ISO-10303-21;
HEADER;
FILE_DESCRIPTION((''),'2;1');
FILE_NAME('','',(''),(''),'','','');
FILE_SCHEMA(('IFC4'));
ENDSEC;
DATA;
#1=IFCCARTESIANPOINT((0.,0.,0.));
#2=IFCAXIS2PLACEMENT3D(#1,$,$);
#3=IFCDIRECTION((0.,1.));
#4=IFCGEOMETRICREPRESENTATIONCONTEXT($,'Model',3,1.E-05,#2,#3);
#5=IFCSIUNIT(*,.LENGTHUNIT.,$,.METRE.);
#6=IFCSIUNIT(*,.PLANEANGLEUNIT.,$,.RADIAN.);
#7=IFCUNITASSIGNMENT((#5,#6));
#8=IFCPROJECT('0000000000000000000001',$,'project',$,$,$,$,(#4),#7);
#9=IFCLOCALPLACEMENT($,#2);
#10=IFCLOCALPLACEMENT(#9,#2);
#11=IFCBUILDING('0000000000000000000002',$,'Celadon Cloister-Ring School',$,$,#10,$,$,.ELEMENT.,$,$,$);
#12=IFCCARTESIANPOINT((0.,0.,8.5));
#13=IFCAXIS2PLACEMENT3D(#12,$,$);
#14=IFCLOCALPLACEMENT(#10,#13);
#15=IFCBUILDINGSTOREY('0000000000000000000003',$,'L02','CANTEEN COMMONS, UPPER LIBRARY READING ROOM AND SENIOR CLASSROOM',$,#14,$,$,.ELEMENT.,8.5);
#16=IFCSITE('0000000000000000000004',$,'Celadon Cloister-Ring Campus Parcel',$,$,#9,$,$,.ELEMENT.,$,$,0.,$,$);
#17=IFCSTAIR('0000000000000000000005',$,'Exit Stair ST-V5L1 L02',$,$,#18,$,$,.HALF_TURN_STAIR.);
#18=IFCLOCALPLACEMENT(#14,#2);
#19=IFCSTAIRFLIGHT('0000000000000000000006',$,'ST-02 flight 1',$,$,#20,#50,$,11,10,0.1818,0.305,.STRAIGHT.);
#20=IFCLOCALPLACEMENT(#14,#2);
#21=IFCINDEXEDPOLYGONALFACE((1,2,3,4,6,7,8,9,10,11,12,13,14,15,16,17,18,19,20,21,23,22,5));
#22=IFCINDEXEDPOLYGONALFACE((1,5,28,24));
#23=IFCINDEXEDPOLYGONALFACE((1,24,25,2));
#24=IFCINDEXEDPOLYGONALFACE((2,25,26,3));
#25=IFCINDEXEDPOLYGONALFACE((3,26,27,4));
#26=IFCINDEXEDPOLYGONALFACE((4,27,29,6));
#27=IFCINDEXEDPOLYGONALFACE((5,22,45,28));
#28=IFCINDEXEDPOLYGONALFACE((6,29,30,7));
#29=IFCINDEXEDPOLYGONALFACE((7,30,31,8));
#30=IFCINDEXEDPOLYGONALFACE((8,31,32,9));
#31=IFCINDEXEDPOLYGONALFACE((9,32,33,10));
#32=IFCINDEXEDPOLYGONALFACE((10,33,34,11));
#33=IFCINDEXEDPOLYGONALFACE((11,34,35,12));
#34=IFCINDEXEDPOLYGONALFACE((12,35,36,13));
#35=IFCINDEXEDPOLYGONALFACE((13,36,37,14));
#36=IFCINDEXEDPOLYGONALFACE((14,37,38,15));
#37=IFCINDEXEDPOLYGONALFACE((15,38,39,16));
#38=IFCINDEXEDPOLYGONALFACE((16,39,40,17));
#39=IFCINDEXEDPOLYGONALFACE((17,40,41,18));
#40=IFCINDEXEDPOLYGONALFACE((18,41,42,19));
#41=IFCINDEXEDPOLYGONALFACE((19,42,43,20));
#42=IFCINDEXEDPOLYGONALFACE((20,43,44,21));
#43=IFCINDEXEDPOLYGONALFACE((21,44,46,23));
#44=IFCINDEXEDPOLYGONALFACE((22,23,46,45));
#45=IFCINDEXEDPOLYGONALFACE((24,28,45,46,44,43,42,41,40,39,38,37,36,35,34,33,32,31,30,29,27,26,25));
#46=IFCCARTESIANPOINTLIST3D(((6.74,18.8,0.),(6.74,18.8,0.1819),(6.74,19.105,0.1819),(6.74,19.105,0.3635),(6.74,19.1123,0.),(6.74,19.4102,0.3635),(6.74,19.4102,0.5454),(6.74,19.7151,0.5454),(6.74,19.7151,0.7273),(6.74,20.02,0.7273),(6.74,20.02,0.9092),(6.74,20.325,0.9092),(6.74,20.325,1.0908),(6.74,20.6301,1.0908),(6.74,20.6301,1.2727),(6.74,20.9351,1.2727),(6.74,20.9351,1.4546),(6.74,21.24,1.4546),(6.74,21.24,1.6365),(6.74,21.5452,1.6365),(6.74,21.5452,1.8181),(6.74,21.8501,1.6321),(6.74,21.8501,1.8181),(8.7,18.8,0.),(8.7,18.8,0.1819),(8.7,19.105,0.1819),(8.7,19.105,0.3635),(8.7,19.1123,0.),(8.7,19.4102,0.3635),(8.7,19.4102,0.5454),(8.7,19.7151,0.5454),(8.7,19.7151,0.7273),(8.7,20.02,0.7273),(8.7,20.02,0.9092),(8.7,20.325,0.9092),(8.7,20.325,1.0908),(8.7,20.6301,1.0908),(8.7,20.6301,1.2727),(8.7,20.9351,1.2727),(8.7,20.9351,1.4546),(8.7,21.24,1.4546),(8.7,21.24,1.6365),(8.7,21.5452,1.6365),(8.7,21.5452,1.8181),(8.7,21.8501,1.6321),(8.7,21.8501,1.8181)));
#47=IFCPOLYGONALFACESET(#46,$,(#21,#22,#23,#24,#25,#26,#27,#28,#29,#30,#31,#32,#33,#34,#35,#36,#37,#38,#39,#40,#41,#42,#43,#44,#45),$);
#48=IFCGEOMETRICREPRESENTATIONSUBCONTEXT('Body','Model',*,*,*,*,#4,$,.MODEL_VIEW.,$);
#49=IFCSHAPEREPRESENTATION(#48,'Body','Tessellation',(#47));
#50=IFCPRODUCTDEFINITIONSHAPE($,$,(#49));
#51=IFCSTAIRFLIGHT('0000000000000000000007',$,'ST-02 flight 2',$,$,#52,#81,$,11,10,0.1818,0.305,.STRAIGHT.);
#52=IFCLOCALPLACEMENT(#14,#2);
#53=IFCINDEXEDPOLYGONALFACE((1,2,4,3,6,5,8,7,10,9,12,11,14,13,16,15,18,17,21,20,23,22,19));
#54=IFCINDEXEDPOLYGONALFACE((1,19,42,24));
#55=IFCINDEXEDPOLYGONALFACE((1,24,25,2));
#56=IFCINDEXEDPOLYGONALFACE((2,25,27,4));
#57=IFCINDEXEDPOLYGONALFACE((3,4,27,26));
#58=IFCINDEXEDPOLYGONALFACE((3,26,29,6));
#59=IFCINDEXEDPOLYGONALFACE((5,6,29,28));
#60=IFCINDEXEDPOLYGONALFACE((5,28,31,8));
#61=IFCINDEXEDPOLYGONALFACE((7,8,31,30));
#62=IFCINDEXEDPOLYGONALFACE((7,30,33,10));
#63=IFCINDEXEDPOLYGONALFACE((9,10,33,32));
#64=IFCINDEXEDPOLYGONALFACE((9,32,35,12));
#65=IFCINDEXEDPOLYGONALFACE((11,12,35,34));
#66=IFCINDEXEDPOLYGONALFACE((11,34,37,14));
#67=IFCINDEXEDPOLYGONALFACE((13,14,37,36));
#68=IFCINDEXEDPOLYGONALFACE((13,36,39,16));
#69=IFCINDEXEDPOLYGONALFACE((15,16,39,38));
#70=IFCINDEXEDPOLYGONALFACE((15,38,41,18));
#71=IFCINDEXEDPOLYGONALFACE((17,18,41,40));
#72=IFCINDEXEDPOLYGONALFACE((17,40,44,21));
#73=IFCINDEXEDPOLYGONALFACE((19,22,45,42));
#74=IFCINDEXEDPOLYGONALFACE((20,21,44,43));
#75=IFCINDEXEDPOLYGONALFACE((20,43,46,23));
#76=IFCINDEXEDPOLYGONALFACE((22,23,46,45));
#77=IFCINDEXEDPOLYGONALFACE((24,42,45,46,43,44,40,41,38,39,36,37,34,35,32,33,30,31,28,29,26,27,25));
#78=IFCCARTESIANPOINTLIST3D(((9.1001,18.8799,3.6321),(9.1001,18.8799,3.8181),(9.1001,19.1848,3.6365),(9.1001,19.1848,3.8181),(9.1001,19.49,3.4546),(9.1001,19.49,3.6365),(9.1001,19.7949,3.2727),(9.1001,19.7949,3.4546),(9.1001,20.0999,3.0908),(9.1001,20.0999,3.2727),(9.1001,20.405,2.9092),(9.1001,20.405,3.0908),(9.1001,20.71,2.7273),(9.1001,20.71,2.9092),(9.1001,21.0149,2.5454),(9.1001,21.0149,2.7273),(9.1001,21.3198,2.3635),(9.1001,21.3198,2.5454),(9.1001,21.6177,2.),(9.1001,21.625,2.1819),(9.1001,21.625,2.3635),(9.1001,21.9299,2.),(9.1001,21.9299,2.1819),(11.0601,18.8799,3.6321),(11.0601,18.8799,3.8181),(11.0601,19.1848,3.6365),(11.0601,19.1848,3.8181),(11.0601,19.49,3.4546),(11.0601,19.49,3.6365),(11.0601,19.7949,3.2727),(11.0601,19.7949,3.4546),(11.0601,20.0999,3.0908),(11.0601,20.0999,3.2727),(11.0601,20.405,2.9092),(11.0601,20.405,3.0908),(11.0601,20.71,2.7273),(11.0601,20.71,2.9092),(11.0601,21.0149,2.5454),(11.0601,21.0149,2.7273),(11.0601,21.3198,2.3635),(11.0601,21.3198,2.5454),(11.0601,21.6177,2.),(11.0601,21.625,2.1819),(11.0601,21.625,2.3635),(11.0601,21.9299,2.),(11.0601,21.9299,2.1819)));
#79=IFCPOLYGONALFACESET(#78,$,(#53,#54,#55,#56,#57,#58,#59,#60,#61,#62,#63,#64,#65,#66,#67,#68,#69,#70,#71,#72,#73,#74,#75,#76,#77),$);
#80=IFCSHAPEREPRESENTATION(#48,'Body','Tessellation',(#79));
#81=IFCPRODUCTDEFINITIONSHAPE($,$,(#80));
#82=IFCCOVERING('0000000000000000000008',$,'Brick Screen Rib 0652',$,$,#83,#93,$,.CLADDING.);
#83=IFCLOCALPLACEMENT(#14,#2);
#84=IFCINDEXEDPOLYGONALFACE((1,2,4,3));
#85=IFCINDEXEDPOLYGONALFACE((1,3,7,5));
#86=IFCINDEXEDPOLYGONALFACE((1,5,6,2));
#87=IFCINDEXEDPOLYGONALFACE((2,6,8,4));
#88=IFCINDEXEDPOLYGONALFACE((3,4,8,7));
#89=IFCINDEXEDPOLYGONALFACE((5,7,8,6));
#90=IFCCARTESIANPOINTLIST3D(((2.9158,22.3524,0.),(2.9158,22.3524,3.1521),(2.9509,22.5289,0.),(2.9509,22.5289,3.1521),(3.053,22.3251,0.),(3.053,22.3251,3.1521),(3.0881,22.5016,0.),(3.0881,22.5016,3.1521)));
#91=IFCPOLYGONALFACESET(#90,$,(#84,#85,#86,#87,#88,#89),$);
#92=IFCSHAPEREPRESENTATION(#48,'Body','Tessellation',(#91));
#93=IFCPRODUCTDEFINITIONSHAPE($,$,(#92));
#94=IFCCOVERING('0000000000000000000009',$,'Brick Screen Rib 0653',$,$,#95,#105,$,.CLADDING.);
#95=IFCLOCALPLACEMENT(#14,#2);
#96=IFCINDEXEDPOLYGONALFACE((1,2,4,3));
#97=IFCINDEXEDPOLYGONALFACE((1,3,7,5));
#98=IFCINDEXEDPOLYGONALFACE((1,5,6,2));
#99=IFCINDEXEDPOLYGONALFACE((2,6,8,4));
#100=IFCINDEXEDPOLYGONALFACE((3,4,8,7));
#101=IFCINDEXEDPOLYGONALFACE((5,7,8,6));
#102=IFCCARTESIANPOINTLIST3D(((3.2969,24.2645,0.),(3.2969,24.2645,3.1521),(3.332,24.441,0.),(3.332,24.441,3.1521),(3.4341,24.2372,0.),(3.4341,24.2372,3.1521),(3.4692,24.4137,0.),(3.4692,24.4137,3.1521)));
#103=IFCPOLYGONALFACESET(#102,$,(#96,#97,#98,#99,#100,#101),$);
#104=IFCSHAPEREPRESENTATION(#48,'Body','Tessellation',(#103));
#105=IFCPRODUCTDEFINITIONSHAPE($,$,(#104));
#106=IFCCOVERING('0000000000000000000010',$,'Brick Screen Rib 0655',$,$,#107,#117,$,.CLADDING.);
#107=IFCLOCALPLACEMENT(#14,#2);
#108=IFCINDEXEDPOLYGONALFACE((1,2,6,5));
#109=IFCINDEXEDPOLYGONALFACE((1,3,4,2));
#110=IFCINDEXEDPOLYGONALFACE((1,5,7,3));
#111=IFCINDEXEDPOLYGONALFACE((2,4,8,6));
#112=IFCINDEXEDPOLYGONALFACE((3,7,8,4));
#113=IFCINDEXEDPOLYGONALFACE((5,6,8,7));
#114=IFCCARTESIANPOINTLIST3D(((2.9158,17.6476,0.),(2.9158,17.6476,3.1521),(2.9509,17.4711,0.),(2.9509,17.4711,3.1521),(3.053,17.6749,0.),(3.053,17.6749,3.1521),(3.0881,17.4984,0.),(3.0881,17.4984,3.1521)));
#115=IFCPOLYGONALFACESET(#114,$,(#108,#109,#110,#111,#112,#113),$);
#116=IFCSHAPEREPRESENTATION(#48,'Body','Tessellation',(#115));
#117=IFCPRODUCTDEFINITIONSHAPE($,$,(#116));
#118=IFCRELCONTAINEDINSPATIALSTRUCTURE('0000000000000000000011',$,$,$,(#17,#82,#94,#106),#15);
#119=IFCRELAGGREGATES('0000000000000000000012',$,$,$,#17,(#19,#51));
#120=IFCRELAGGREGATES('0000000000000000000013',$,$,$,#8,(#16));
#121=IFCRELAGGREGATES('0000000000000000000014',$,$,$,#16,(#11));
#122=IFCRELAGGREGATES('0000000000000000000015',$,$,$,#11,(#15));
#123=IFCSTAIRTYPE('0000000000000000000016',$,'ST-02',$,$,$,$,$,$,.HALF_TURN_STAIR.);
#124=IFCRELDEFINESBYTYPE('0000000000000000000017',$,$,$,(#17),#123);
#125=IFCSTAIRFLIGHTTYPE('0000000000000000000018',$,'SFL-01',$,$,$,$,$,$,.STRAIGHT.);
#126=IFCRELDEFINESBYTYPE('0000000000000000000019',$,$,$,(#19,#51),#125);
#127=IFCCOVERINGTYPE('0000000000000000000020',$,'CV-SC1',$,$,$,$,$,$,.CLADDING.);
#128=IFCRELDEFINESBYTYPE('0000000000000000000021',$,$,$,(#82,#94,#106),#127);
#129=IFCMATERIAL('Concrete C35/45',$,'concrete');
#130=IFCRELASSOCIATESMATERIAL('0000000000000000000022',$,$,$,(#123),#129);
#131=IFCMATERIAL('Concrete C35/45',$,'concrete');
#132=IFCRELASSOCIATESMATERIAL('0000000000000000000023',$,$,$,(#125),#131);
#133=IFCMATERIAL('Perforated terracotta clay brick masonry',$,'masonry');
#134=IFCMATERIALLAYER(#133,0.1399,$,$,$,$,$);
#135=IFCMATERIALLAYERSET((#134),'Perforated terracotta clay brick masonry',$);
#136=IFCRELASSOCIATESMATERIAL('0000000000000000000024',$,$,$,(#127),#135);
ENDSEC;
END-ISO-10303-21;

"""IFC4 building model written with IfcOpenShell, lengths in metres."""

from ifc_helpers import new_model, si_unit, direction, frame, origin, origin_2d, place, context, subcontext, project, spatial, polyline, rectangle, outline, extrude, material, layer, layer_set, type_object, element, aggregate, save


model = new_model("IFC4")

# Units and contexts
model_context = context("Model", 3, precision=1e-05, world=origin(), true_north=direction((0.0, 1.0)))
body_context = subcontext(model_context, "Body", "Model", "MODEL_VIEW")
ifc_project = project(units=[si_unit("LENGTHUNIT", "METRE"), si_unit("PLANEANGLEUNIT", "RADIAN")], contexts=[model_context])

# Site, building, storey
site_placement = place(None, origin())
site = spatial("IfcSite", under=ifc_project, at=site_placement, Name="Celadon Cloister-Ring Campus Parcel", CompositionType="ELEMENT", RefElevation=0.0)
building_placement = place(site_placement, origin())
building = spatial("IfcBuilding", under=site, at=building_placement, Name="Celadon Cloister-Ring School", CompositionType="ELEMENT")
storey_placement = place(building_placement, frame((0.0, 0.0, 8.5)))
storey = spatial("IfcBuildingStorey", under=building, at=storey_placement, Name="L02", Description="CANTEEN COMMONS, UPPER LIBRARY READING ROOM AND SENIOR CLASSROOM", CompositionType="ELEMENT", Elevation=8.5)

# Stair, stair flights
ifc_material_1 = material(Name="Concrete C35/45", Category="concrete")
stair_type = type_object("IfcStairType", Name="ST-02", PredefinedType="HALF_TURN_STAIR", material=ifc_material_1)
stair_placement = place(storey_placement, origin())
stair = element("IfcStair", 1, at=stair_placement, inside=storey, type_object=stair_type, Name="Exit Stair ST-V5L1 L02", PredefinedType="HALF_TURN_STAIR")
ifc_material_2 = material(Name="Concrete C35/45", Category="concrete")
stair_flight_type = type_object("IfcStairFlightType", Name="SFL-01", PredefinedType="STRAIGHT", material=ifc_material_2)
stair_flight_1_placement = place(storey_placement, frame((7.72, 18.8, 0.0), z_axis=(0.0, 0.0, 1.0), x_axis=(0.0, 1.0, 0.0)))
stair_flight_1 = element("IfcStairFlight", 2, at=stair_flight_1_placement, type_object=stair_flight_type, Name="ST-02 flight 1", NumberOfRisers=11, NumberOfTreads=10, PredefinedType="STRAIGHT", RiserHeight=0.1818, TreadLength=0.305, context=body_context, shape_type="SweptSolid", body=[
    extrude(outline(polyline([(0.0, 0.0), (0.0, 0.1819), (0.3049, 0.1819), (0.3049, 0.3635), (0.6101, 0.3635), (0.6101, 0.5454), (0.915, 0.5454), (0.915, 0.7273), (1.22, 0.7273), (1.22, 0.9092), (1.5249, 0.9092), (1.5249, 1.0908), (1.8301, 1.0908), (1.8301, 1.2727), (2.135, 1.2727), (2.135, 1.4546), (2.4399, 1.4546), (2.4399, 1.6365), (2.7451, 1.6365), (2.7451, 1.8181), (3.05, 1.8181), (3.05, 2.0), (3.05, 1.6321), (0.3123, 0.0), (0.0, 0.0)])), frame((0.0, 0.98, 0.0), z_axis=(0.0, -1.0, 0.0), x_axis=(1.0, 0.0, 0.0)), (0.0, 0.0, 1.0), 1.96),
])
stair_flight_2_placement = place(storey_placement, frame((10.0801, 21.9299, 2.0), z_axis=(0.0, 0.0, 1.0), x_axis=(0.0, -1.0, 0.0)))
stair_flight_2 = element("IfcStairFlight", 3, at=stair_flight_2_placement, type_object=stair_flight_type, Name="ST-02 flight 2", NumberOfRisers=11, NumberOfTreads=10, PredefinedType="STRAIGHT", RiserHeight=0.1818, TreadLength=0.305, context=body_context, shape_type="SweptSolid", body=[
    extrude(outline(polyline([(0.0, 0.0), (0.0, 0.1819), (0.3049, 0.1819), (0.3049, 0.3635), (0.6101, 0.3635), (0.6101, 0.5454), (0.915, 0.5454), (0.915, 0.7273), (1.22, 0.7273), (1.22, 0.9092), (1.5249, 0.9092), (1.5249, 1.0908), (1.8301, 1.0908), (1.8301, 1.2727), (2.135, 1.2727), (2.135, 1.4546), (2.4399, 1.4546), (2.4399, 1.6365), (2.7451, 1.6365), (2.7451, 1.8181), (3.05, 1.8181), (3.05, 2.0), (3.05, 1.6321), (0.3123, 0.0), (0.0, 0.0)])), frame((0.0, 0.98, 0.0), z_axis=(0.0, -1.0, 0.0), x_axis=(1.0, 0.0, 0.0)), (0.0, 0.0, 1.0), 1.96),
])
aggregate(stair, [stair_flight_1, stair_flight_2])

# Coverings
ifc_material_3 = material(Name="Perforated terracotta clay brick masonry", Category="masonry")
ifc_layer_1 = layer(ifc_material_3, 0.1399)
ifc_layer_set_1 = layer_set([ifc_layer_1], Name="Perforated terracotta clay brick masonry")
covering_type = type_object("IfcCoveringType", Name="CV-SC1", PredefinedType="CLADDING", material=ifc_layer_set_1)
for number, where, z_axis, x_axis, name in (
    (4, (3.002, 22.427, 0.0), (0.0, 0.0, 1.0), (0.195142, 0.980775, 0.0), "Brick Screen Rib 0652"),
    (5, (3.3831, 24.3391, 0.0), (0.0, 0.0, 1.0), (0.195142, 0.980775, 0.0), "Brick Screen Rib 0653"),
    (6, (3.002, 17.573, 0.0), (0.0, 0.0, 1.0), (-0.195142, 0.980775, 0.0), "Brick Screen Rib 0655"),
):
    element("IfcCovering", number, at=place(storey_placement, frame(where, z_axis=z_axis, x_axis=x_axis)), inside=storey, type_object=covering_type, Name=name, PredefinedType="CLADDING", context=body_context, shape_type="SweptSolid", body=[
        extrude(rectangle(XDim=0.1799, YDim=0.1399, at=origin_2d()), origin(), (0.0, 0.0, 1.0), 3.1521),
    ])

save(model, "model.ifc")
